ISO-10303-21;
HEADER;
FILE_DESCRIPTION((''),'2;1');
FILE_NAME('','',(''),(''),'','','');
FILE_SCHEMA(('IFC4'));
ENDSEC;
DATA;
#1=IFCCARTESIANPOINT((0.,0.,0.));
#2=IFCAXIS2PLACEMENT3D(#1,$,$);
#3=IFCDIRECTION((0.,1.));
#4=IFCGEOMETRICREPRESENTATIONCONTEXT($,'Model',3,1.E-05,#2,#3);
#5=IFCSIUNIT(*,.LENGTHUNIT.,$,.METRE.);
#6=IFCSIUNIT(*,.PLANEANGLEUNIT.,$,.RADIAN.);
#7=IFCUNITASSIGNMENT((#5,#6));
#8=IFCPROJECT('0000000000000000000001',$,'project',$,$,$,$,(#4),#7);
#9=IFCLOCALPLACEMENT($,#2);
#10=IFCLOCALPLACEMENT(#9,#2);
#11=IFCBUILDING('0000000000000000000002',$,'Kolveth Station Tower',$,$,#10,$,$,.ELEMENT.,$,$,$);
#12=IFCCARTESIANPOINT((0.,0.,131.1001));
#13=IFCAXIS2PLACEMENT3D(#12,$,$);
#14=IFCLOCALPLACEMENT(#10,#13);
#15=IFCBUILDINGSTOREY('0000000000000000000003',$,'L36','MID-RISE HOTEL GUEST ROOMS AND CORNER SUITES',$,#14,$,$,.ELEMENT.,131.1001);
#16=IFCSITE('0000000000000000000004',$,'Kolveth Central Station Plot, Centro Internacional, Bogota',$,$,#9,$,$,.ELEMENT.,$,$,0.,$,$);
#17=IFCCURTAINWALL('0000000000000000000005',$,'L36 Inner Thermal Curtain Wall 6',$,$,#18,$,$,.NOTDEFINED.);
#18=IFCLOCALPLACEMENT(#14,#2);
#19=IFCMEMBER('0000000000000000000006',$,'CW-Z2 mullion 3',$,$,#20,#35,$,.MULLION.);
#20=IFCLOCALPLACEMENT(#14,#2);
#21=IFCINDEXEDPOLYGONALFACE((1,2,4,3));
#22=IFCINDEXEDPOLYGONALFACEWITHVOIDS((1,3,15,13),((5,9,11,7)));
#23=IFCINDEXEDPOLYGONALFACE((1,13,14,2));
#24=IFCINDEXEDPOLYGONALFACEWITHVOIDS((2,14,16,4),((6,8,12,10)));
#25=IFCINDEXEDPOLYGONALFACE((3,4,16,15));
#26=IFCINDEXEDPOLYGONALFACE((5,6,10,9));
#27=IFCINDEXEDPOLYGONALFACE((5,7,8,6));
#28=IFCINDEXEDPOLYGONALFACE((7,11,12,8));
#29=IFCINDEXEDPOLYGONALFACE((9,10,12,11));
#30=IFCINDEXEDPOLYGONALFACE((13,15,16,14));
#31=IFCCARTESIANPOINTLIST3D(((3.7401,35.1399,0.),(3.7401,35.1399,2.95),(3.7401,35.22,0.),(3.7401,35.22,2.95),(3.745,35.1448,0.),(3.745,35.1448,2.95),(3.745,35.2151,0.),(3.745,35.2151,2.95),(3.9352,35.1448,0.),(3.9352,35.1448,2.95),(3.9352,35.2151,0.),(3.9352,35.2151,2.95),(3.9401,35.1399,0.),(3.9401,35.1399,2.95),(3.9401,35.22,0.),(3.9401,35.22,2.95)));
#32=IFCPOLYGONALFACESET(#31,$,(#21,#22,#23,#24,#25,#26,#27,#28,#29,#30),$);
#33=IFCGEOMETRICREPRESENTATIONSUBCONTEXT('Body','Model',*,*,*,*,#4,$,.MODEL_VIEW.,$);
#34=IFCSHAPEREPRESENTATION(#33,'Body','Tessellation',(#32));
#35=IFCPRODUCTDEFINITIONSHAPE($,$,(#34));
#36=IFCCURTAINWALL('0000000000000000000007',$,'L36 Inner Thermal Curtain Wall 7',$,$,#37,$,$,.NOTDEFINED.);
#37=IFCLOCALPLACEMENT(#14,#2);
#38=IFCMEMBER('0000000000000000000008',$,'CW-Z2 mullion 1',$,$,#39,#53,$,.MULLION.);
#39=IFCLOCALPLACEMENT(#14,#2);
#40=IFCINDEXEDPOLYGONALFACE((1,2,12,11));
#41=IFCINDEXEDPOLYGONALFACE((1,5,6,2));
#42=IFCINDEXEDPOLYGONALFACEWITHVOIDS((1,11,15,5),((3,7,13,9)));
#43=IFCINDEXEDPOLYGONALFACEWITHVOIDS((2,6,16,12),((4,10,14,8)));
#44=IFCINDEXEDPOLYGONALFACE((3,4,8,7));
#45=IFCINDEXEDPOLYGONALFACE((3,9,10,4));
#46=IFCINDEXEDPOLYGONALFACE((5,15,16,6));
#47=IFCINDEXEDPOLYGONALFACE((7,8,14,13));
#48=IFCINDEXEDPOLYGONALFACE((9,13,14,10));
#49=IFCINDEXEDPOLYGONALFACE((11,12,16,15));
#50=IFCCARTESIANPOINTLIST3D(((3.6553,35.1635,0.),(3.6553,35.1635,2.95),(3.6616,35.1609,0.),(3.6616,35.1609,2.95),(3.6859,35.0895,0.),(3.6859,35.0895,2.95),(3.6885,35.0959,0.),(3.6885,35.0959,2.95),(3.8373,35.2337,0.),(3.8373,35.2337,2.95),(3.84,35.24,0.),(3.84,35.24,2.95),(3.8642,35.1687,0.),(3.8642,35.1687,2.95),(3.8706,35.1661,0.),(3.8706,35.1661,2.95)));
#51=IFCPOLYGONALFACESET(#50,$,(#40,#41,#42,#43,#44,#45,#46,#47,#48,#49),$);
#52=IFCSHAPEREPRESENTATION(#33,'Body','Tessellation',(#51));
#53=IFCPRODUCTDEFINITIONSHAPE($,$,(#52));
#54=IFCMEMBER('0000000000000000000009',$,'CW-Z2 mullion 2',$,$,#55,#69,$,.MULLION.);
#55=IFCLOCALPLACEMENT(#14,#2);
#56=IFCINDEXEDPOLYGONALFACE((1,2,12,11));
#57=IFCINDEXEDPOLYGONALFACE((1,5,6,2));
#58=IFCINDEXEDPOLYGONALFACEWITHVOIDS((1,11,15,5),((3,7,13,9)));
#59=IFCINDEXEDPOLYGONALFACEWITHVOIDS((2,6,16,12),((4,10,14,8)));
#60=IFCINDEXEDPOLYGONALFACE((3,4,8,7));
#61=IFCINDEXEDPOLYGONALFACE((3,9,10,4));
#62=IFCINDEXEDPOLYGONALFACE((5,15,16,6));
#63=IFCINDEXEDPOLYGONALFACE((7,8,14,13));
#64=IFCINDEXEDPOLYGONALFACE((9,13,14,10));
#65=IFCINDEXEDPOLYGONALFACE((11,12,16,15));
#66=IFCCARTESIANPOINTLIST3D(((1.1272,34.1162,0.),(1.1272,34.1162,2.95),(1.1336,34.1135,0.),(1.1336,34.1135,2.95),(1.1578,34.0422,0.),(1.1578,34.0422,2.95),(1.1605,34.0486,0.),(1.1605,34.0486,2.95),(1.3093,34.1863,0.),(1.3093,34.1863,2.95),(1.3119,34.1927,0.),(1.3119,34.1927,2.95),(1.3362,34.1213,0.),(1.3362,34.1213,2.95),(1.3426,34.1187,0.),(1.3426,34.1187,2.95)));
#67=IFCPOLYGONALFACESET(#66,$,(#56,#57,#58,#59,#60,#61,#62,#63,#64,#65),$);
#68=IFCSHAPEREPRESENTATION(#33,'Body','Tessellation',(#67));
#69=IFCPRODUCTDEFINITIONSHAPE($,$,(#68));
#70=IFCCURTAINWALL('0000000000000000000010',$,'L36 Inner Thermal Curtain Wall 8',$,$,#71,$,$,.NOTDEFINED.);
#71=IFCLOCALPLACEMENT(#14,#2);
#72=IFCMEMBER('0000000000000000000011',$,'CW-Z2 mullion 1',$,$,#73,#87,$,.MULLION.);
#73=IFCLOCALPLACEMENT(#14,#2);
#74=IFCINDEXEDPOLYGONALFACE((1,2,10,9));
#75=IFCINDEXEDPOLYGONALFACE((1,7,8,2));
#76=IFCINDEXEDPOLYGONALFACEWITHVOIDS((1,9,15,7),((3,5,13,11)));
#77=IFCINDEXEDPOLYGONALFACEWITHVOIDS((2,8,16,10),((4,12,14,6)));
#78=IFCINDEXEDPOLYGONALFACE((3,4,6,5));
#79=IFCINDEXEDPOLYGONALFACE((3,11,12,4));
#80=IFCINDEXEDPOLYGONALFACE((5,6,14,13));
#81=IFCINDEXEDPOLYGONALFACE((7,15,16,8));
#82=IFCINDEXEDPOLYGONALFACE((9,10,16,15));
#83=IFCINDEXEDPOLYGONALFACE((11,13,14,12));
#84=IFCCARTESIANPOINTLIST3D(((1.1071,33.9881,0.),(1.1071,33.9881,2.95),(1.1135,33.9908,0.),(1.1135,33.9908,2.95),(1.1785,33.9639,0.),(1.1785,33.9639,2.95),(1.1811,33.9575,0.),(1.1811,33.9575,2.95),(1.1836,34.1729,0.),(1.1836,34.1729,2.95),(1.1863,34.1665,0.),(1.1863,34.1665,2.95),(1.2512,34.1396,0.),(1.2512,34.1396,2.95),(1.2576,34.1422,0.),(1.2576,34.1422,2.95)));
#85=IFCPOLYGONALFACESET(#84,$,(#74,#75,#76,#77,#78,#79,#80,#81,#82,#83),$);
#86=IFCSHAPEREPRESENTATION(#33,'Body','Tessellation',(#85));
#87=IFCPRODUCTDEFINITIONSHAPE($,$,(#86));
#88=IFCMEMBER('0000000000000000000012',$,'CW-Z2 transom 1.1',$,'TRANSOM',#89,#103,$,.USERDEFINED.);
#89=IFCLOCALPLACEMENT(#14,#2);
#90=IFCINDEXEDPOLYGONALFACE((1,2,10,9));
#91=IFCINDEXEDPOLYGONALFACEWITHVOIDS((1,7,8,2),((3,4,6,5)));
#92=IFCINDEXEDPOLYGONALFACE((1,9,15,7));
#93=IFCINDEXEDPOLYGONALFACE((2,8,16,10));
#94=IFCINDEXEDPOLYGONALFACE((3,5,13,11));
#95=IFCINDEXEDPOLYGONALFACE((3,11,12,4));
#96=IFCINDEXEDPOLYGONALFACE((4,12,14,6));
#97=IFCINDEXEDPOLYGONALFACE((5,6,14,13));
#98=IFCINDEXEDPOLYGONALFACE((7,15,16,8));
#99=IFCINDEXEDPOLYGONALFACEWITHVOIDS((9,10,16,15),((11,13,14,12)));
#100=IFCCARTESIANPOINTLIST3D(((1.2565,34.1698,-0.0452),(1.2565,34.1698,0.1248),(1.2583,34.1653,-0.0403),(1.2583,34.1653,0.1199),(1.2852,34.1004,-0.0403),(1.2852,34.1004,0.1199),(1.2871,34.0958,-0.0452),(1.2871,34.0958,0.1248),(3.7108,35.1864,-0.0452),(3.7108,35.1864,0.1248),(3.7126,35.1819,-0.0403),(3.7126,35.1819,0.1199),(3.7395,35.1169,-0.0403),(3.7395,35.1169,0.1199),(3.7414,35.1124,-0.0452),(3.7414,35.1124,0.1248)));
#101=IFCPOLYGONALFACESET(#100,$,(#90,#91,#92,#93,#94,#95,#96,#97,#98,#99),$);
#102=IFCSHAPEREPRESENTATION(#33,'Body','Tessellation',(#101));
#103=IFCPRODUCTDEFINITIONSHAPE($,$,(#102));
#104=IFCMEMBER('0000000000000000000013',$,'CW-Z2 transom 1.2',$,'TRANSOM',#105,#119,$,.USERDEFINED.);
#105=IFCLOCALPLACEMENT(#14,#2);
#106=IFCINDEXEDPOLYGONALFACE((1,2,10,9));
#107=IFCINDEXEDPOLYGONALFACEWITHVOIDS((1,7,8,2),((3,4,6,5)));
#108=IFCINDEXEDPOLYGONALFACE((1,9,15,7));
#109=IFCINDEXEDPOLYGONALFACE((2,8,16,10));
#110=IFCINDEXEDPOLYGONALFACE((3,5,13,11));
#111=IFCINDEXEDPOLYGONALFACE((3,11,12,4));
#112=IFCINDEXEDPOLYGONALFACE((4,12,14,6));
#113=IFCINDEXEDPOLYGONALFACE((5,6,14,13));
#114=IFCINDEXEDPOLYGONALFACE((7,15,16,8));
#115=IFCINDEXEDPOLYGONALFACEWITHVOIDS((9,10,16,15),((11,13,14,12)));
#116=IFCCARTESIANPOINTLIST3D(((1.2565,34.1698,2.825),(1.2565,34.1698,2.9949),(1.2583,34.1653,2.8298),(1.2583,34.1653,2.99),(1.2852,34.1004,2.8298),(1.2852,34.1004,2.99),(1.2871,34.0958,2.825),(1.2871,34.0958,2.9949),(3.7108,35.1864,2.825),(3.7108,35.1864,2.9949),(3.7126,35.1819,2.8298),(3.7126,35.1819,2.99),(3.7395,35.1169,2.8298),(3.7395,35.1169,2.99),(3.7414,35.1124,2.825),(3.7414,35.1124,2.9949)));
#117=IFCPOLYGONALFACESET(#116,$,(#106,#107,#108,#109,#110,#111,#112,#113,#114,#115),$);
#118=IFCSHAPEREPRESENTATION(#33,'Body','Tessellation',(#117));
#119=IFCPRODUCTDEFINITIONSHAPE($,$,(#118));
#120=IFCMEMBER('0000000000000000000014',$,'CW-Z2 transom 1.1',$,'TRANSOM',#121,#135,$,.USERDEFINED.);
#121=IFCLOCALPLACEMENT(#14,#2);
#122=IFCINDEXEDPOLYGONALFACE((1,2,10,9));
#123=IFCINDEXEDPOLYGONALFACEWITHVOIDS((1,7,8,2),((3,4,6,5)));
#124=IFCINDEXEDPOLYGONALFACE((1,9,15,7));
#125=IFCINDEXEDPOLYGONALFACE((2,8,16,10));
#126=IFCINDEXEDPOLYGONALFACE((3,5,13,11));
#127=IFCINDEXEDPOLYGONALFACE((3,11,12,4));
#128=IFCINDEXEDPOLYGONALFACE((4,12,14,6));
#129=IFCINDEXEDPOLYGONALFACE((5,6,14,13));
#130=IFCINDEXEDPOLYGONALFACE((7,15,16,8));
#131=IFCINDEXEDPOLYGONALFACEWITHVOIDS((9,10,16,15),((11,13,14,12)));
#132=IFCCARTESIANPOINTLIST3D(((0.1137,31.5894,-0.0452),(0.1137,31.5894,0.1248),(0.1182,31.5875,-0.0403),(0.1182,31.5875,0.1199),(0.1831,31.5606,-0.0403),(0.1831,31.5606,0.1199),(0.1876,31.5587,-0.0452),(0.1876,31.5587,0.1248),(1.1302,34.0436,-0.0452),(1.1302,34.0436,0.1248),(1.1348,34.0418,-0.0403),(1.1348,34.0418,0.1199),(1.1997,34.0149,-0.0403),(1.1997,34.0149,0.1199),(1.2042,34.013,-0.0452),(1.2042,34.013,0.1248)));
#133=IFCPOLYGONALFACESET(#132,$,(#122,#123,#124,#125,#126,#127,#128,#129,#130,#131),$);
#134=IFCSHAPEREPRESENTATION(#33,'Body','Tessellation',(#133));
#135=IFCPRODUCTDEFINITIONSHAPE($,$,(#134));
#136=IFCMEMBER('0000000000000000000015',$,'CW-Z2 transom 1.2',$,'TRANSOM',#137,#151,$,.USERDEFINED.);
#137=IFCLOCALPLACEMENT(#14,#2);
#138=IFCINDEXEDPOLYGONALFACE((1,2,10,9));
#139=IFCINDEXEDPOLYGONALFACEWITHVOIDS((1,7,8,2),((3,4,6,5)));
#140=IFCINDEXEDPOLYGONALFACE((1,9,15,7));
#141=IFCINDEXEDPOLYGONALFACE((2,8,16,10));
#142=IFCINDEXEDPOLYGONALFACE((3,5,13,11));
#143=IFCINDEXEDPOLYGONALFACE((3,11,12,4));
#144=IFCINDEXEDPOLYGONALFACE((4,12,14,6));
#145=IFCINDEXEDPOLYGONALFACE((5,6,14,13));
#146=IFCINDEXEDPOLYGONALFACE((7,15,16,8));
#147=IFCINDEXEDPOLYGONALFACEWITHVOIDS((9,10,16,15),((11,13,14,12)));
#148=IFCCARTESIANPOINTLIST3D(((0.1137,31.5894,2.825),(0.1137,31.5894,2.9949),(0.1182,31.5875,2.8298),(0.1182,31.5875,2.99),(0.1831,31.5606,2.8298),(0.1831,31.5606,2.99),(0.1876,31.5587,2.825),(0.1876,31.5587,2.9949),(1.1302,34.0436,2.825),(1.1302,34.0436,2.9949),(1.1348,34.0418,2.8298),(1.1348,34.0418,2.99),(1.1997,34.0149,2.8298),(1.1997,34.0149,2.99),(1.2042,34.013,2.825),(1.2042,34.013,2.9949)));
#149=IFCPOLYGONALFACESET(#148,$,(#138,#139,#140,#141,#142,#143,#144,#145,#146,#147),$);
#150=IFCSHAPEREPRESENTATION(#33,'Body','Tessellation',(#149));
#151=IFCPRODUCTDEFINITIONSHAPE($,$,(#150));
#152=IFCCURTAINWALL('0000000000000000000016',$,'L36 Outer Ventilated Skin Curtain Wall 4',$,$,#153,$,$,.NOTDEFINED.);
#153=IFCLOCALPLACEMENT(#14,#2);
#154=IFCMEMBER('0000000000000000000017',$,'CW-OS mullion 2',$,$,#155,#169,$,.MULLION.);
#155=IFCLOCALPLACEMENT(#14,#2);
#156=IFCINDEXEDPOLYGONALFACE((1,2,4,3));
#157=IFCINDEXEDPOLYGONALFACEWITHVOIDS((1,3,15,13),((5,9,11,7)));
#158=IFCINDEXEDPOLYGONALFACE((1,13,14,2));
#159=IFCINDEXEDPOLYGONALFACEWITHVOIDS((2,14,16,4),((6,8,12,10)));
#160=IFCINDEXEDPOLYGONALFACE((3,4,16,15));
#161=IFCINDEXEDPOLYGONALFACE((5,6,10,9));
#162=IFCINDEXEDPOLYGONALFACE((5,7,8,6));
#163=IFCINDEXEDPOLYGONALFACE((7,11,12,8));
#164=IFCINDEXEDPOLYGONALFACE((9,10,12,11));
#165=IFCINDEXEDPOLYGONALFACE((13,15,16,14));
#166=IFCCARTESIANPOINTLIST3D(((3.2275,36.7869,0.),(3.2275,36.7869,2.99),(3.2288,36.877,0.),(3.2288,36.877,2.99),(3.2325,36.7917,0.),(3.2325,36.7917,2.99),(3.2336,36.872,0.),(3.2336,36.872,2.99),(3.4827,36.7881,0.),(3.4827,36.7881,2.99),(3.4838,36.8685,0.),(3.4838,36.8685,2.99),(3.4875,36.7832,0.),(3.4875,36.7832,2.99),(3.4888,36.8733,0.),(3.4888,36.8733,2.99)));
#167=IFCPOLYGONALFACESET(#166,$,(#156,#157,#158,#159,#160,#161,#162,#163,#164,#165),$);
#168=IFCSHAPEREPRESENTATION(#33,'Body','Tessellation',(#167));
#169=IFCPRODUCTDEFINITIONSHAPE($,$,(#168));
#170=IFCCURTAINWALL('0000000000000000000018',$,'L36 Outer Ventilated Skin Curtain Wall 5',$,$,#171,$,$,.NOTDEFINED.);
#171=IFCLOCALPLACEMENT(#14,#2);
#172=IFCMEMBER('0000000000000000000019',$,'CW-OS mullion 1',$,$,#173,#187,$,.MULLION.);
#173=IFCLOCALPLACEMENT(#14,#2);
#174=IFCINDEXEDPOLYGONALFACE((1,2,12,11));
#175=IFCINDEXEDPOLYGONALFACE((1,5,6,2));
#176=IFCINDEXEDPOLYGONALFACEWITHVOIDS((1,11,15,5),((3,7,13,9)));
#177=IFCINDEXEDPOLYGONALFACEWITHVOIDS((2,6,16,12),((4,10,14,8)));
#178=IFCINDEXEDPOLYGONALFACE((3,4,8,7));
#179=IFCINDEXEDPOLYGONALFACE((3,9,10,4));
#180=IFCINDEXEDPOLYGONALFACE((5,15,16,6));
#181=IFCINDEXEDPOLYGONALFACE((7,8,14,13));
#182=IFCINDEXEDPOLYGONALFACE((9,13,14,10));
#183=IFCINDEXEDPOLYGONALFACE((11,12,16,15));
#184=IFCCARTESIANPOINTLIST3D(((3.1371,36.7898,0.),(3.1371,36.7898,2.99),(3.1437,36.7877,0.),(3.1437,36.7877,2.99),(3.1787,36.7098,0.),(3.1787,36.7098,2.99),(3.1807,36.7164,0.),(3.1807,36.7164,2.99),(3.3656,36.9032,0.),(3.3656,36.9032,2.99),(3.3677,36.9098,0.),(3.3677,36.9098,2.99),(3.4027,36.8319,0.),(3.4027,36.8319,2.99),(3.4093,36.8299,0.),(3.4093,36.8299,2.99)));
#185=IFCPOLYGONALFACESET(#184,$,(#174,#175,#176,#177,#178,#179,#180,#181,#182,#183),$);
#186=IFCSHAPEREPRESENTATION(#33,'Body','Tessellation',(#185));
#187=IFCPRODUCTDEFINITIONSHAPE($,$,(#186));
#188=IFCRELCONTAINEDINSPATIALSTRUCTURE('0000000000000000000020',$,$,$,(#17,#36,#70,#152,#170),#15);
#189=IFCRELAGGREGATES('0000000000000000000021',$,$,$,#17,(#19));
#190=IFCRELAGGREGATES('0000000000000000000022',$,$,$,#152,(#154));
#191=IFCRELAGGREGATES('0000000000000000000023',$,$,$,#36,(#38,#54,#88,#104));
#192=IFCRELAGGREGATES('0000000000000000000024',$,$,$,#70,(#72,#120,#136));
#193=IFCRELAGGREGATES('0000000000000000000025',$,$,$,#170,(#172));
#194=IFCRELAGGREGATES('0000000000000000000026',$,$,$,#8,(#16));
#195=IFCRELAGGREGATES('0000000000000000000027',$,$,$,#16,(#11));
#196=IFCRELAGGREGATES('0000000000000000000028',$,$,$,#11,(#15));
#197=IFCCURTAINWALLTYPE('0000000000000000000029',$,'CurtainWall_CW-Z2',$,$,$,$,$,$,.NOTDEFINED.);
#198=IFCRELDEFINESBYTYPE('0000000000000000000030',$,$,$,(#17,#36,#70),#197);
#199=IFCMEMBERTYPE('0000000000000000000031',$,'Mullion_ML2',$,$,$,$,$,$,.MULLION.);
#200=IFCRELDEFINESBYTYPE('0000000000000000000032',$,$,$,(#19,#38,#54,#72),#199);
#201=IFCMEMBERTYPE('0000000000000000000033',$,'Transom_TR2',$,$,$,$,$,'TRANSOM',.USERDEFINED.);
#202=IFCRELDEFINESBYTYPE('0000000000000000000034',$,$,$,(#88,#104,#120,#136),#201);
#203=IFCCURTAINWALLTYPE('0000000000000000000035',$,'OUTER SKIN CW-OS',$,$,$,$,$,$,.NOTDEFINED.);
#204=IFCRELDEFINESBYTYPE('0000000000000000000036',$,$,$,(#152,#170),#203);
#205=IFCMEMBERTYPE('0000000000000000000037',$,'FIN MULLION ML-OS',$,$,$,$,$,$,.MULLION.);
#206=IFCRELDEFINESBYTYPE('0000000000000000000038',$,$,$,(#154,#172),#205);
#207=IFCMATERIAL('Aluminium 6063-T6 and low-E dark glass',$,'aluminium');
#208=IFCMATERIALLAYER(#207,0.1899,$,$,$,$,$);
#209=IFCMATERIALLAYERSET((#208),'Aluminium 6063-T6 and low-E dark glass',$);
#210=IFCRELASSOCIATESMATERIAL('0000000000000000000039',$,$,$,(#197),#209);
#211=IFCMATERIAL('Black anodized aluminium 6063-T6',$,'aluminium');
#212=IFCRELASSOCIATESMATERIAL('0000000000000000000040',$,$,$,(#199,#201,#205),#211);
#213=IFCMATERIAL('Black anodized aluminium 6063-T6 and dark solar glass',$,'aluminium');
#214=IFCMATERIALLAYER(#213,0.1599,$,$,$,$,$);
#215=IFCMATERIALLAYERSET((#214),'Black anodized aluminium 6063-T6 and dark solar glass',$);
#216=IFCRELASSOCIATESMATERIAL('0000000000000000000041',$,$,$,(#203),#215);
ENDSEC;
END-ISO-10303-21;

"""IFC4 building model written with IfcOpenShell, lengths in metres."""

from ifc_helpers import new_model, si_unit, direction, frame, origin, origin_2d, place, context, subcontext, project, spatial, hollow_rectangle, extrude, source, transform, mapped, material, layer, layer_set, material_profile, profile_set, type_object, element, aggregate, save


model = new_model("IFC4")

# Units and contexts
model_context = context("Model", 3, precision=1e-05, world=origin(), true_north=direction((0.0, 1.0)))
body_context = subcontext(model_context, "Body", "Model", "MODEL_VIEW")
ifc_project = project(units=[si_unit("LENGTHUNIT", "METRE"), si_unit("PLANEANGLEUNIT", "RADIAN")], contexts=[model_context])

# Site, building, storey
site_placement = place(None, origin())
site = spatial("IfcSite", under=ifc_project, at=site_placement, Name="Kolveth Central Station Plot, Centro Internacional, Bogota", CompositionType="ELEMENT", RefElevation=0.0)
building_placement = place(site_placement, origin())
building = spatial("IfcBuilding", under=site, at=building_placement, Name="Kolveth Station Tower", CompositionType="ELEMENT")
storey_placement = place(building_placement, frame((0.0, 0.0, 131.1001)))
storey = spatial("IfcBuildingStorey", under=building, at=storey_placement, Name="L36", Description="MID-RISE HOTEL GUEST ROOMS AND CORNER SUITES", CompositionType="ELEMENT", Elevation=131.1001)

# Curtain wall, member
ifc_material_1 = material(Name="Aluminium 6063-T6 and low-E dark glass", Category="aluminium")
ifc_layer_1 = layer(ifc_material_1, 0.1899)
ifc_layer_set_1 = layer_set([ifc_layer_1], Name="Aluminium 6063-T6 and low-E dark glass")
curtain_wall_type_1 = type_object("IfcCurtainWallType", Name="CurtainWall_CW-Z2", PredefinedType="NOTDEFINED", material=ifc_layer_set_1)
curtain_wall_1_placement = place(storey_placement, origin())
curtain_wall_1 = element("IfcCurtainWall", 1, at=curtain_wall_1_placement, inside=storey, type_object=curtain_wall_type_1, Name="L36 Inner Thermal Curtain Wall 6", PredefinedType="NOTDEFINED")
ifc_material_2 = material(Name="Black anodized aluminium 6063-T6", Category="aluminium")
ifc_material_profile_1 = material_profile(ifc_material_2, hollow_rectangle(XDim=0.0801, YDim=0.2, WallThickness=0.0049, at=origin_2d()), Name="ALU-80x200x5")
ifc_profile_set_1 = profile_set([ifc_material_profile_1], Name="Black anodized aluminium 6063-T6")
member_type_1 = type_object("IfcMemberType", Name="Mullion_ML2", PredefinedType="MULLION", material=ifc_profile_set_1)
shared_shape_1 = source(origin(), body_context, "Body", "SweptSolid", [
    extrude(hollow_rectangle(XDim=0.0801, YDim=0.2, WallThickness=0.0049, at=origin_2d()), origin(), (0.0, 0.0, 1.0), 2.95),
])
member_1_placement = place(storey_placement, frame((3.8401, 35.1799, 0.0), z_axis=(0.0, 0.0, 1.0), x_axis=(0.0, -1.0, 0.0)))
member_1 = element("IfcMember", 2, at=member_1_placement, type_object=member_type_1, Name="CW-Z2 mullion 3", PredefinedType="MULLION", context=body_context, shape_type="MappedRepresentation", body=[
    mapped(shared_shape_1, transform((0.0, 0.0, 0.0), x_axis=(1.0, 0.0, 0.0), y_axis=(0.0, 1.0, 0.0), z_axis=(0.0, 0.0, 1.0), scale=1.0)),
])
aggregate(curtain_wall_1, [member_1])

# Curtain wall, members
curtain_wall_2_placement = place(storey_placement, origin())
curtain_wall_2 = element("IfcCurtainWall", 3, at=curtain_wall_2_placement, inside=storey, type_object=curtain_wall_type_1, Name="L36 Inner Thermal Curtain Wall 7", PredefinedType="NOTDEFINED")
member_2_placement = place(storey_placement, frame((3.7629, 35.1648, 0.0), z_axis=(0.0, 0.0, 1.0), x_axis=(0.382663, -0.923888, 0.0)))
member_2 = element("IfcMember", 4, at=member_2_placement, type_object=member_type_1, Name="CW-Z2 mullion 1", PredefinedType="MULLION", context=body_context, shape_type="MappedRepresentation", body=[
    mapped(shared_shape_1, transform((0.0, 0.0, 0.0), x_axis=(1.0, 0.0, 0.0), y_axis=(0.0, 1.0, 0.0), z_axis=(0.0, 0.0, 1.0), scale=1.0)),
])
member_3_placement = place(storey_placement, frame((1.2349, 34.1174, 0.0), z_axis=(0.0, 0.0, 1.0), x_axis=(0.382663, -0.923888, 0.0)))
member_3 = element("IfcMember", 5, at=member_3_placement, type_object=member_type_1, Name="CW-Z2 mullion 2", PredefinedType="MULLION", context=body_context, shape_type="MappedRepresentation", body=[
    mapped(shared_shape_1, transform((0.0, 0.0, 0.0), x_axis=(1.0, 0.0, 0.0), y_axis=(0.0, 1.0, 0.0), z_axis=(0.0, 0.0, 1.0), scale=1.0)),
])

# Curtain wall, member
curtain_wall_3_placement = place(storey_placement, origin())
curtain_wall_3 = element("IfcCurtainWall", 6, at=curtain_wall_3_placement, inside=storey, type_object=curtain_wall_type_1, Name="L36 Inner Thermal Curtain Wall 8", PredefinedType="NOTDEFINED")
member_4_placement = place(storey_placement, frame((1.1824, 34.0652, 0.0), z_axis=(0.0, 0.0, 1.0), x_axis=(0.923888, -0.382663, 0.0)))
member_4 = element("IfcMember", 7, at=member_4_placement, type_object=member_type_1, Name="CW-Z2 mullion 1", PredefinedType="MULLION", context=body_context, shape_type="MappedRepresentation", body=[
    mapped(shared_shape_1, transform((0.0, 0.0, 0.0), x_axis=(1.0, 0.0, 0.0), y_axis=(0.0, 1.0, 0.0), z_axis=(0.0, 0.0, 1.0), scale=1.0)),
])

# Members
ifc_material_profile_2 = material_profile(ifc_material_2, hollow_rectangle(XDim=0.0801, YDim=0.1699, WallThickness=0.0049, at=origin_2d()), Name="ALU-80x170x5")
ifc_profile_set_2 = profile_set([ifc_material_profile_2], Name="Black anodized aluminium 6063-T6")
member_type_2 = type_object("IfcMemberType", Name="Transom_TR2", ElementType="TRANSOM", PredefinedType="USERDEFINED", material=ifc_profile_set_2)
shared_shape_2 = source(origin(), body_context, "Body", "SweptSolid", [
    extrude(hollow_rectangle(XDim=0.0801, YDim=0.1699, WallThickness=0.0049, at=origin_2d()), origin(), (0.0, 0.0, 1.0), 2.6565),
])
member_5_placement = place(storey_placement, frame((3.7261, 35.1494, 0.0398), z_axis=(-0.923882, -0.382676, 0.0), x_axis=(0.382676, -0.923882, 0.0)))
member_5 = element("IfcMember", 8, at=member_5_placement, type_object=member_type_2, Name="CW-Z2 transom 1.1", ObjectType="TRANSOM", PredefinedType="USERDEFINED", context=body_context, shape_type="MappedRepresentation", body=[
    mapped(shared_shape_2, transform((0.0, 0.0, 0.0), x_axis=(1.0, 0.0, 0.0), y_axis=(0.0, 1.0, 0.0), z_axis=(0.0, 0.0, 1.0), scale=1.0)),
])
member_6_placement = place(storey_placement, frame((3.7261, 35.1494, 2.9099), z_axis=(-0.923882, -0.382676, 0.0), x_axis=(0.382676, -0.923882, 0.0)))
member_6 = element("IfcMember", 9, at=member_6_placement, type_object=member_type_2, Name="CW-Z2 transom 1.2", ObjectType="TRANSOM", PredefinedType="USERDEFINED", context=body_context, shape_type="MappedRepresentation", body=[
    mapped(shared_shape_2, transform((0.0, 0.0, 0.0), x_axis=(1.0, 0.0, 0.0), y_axis=(0.0, 1.0, 0.0), z_axis=(0.0, 0.0, 1.0), scale=1.0)),
])
member_7_placement = place(storey_placement, frame((1.1672, 34.0283, 0.0398), z_axis=(-0.382676, -0.923882, 0.0), x_axis=(0.923882, -0.382676, 0.0)))
member_7 = element("IfcMember", 10, at=member_7_placement, type_object=member_type_2, Name="CW-Z2 transom 1.1", ObjectType="TRANSOM", PredefinedType="USERDEFINED", context=body_context, shape_type="MappedRepresentation", body=[
    mapped(shared_shape_2, transform((0.0, 0.0, 0.0), x_axis=(1.0, 0.0, 0.0), y_axis=(0.0, 1.0, 0.0), z_axis=(0.0, 0.0, 1.0), scale=1.0)),
])
member_8_placement = place(storey_placement, frame((1.1672, 34.0283, 2.9099), z_axis=(-0.382676, -0.923882, 0.0), x_axis=(0.923882, -0.382676, 0.0)))
member_8 = element("IfcMember", 11, at=member_8_placement, type_object=member_type_2, Name="CW-Z2 transom 1.2", ObjectType="TRANSOM", PredefinedType="USERDEFINED", context=body_context, shape_type="MappedRepresentation", body=[
    mapped(shared_shape_2, transform((0.0, 0.0, 0.0), x_axis=(1.0, 0.0, 0.0), y_axis=(0.0, 1.0, 0.0), z_axis=(0.0, 0.0, 1.0), scale=1.0)),
])

# Curtain wall, member
ifc_material_3 = material(Name="Black anodized aluminium 6063-T6 and dark solar glass", Category="aluminium")
ifc_layer_2 = layer(ifc_material_3, 0.1599)
ifc_layer_set_2 = layer_set([ifc_layer_2], Name="Black anodized aluminium 6063-T6 and dark solar glass")
curtain_wall_type_2 = type_object("IfcCurtainWallType", Name="OUTER SKIN CW-OS", PredefinedType="NOTDEFINED", material=ifc_layer_set_2)
curtain_wall_4_placement = place(storey_placement, origin())
curtain_wall_4 = element("IfcCurtainWall", 12, at=curtain_wall_4_placement, inside=storey, type_object=curtain_wall_type_2, Name="L36 Outer Ventilated Skin Curtain Wall 4", PredefinedType="NOTDEFINED")
ifc_material_profile_3 = material_profile(ifc_material_2, hollow_rectangle(XDim=0.0901, YDim=0.26, WallThickness=0.0049, at=origin_2d()), Name="ALU-90x260x5")
ifc_profile_set_3 = profile_set([ifc_material_profile_3], Name="Black anodized aluminium 6063-T6")
member_type_3 = type_object("IfcMemberType", Name="FIN MULLION ML-OS", PredefinedType="MULLION", material=ifc_profile_set_3)
shared_shape_3 = source(origin(), body_context, "Body", "SweptSolid", [
    extrude(hollow_rectangle(XDim=0.0901, YDim=0.26, WallThickness=0.0049, at=origin_2d()), origin(), (0.0, 0.0, 1.0), 2.99),
])
member_9_placement = place(storey_placement, frame((3.3582, 36.8301, 0.0), z_axis=(0.0, 0.0, 1.0), x_axis=(-0.014196, -0.999899, 0.0)))
member_9 = element("IfcMember", 13, at=member_9_placement, type_object=member_type_3, Name="CW-OS mullion 2", PredefinedType="MULLION", context=body_context, shape_type="MappedRepresentation", body=[
    mapped(shared_shape_3, transform((0.0, 0.0, 0.0), x_axis=(1.0, 0.0, 0.0), y_axis=(0.0, 1.0, 0.0), z_axis=(0.0, 0.0, 1.0), scale=1.0)),
])
aggregate(curtain_wall_4, [member_9])

# Curtain wall, member
curtain_wall_5_placement = place(storey_placement, origin())
curtain_wall_5 = element("IfcCurtainWall", 14, at=curtain_wall_5_placement, inside=storey, type_object=curtain_wall_type_2, Name="L36 Outer Ventilated Skin Curtain Wall 5", PredefinedType="NOTDEFINED")
member_10_placement = place(storey_placement, frame((3.2732, 36.8098, 0.0), z_axis=(0.0, 0.0, 1.0), x_axis=(0.461604, -0.887086, 0.0)))
member_10 = element("IfcMember", 15, at=member_10_placement, type_object=member_type_3, Name="CW-OS mullion 1", PredefinedType="MULLION", context=body_context, shape_type="MappedRepresentation", body=[
    mapped(shared_shape_3, transform((0.0, 0.0, 0.0), x_axis=(1.0, 0.0, 0.0), y_axis=(0.0, 1.0, 0.0), z_axis=(0.0, 0.0, 1.0), scale=1.0)),
])

aggregate(curtain_wall_2, [member_2, member_3, member_5, member_6])
aggregate(curtain_wall_3, [member_4, member_7, member_8])
aggregate(curtain_wall_5, [member_10])

save(model, "model.ifc")
